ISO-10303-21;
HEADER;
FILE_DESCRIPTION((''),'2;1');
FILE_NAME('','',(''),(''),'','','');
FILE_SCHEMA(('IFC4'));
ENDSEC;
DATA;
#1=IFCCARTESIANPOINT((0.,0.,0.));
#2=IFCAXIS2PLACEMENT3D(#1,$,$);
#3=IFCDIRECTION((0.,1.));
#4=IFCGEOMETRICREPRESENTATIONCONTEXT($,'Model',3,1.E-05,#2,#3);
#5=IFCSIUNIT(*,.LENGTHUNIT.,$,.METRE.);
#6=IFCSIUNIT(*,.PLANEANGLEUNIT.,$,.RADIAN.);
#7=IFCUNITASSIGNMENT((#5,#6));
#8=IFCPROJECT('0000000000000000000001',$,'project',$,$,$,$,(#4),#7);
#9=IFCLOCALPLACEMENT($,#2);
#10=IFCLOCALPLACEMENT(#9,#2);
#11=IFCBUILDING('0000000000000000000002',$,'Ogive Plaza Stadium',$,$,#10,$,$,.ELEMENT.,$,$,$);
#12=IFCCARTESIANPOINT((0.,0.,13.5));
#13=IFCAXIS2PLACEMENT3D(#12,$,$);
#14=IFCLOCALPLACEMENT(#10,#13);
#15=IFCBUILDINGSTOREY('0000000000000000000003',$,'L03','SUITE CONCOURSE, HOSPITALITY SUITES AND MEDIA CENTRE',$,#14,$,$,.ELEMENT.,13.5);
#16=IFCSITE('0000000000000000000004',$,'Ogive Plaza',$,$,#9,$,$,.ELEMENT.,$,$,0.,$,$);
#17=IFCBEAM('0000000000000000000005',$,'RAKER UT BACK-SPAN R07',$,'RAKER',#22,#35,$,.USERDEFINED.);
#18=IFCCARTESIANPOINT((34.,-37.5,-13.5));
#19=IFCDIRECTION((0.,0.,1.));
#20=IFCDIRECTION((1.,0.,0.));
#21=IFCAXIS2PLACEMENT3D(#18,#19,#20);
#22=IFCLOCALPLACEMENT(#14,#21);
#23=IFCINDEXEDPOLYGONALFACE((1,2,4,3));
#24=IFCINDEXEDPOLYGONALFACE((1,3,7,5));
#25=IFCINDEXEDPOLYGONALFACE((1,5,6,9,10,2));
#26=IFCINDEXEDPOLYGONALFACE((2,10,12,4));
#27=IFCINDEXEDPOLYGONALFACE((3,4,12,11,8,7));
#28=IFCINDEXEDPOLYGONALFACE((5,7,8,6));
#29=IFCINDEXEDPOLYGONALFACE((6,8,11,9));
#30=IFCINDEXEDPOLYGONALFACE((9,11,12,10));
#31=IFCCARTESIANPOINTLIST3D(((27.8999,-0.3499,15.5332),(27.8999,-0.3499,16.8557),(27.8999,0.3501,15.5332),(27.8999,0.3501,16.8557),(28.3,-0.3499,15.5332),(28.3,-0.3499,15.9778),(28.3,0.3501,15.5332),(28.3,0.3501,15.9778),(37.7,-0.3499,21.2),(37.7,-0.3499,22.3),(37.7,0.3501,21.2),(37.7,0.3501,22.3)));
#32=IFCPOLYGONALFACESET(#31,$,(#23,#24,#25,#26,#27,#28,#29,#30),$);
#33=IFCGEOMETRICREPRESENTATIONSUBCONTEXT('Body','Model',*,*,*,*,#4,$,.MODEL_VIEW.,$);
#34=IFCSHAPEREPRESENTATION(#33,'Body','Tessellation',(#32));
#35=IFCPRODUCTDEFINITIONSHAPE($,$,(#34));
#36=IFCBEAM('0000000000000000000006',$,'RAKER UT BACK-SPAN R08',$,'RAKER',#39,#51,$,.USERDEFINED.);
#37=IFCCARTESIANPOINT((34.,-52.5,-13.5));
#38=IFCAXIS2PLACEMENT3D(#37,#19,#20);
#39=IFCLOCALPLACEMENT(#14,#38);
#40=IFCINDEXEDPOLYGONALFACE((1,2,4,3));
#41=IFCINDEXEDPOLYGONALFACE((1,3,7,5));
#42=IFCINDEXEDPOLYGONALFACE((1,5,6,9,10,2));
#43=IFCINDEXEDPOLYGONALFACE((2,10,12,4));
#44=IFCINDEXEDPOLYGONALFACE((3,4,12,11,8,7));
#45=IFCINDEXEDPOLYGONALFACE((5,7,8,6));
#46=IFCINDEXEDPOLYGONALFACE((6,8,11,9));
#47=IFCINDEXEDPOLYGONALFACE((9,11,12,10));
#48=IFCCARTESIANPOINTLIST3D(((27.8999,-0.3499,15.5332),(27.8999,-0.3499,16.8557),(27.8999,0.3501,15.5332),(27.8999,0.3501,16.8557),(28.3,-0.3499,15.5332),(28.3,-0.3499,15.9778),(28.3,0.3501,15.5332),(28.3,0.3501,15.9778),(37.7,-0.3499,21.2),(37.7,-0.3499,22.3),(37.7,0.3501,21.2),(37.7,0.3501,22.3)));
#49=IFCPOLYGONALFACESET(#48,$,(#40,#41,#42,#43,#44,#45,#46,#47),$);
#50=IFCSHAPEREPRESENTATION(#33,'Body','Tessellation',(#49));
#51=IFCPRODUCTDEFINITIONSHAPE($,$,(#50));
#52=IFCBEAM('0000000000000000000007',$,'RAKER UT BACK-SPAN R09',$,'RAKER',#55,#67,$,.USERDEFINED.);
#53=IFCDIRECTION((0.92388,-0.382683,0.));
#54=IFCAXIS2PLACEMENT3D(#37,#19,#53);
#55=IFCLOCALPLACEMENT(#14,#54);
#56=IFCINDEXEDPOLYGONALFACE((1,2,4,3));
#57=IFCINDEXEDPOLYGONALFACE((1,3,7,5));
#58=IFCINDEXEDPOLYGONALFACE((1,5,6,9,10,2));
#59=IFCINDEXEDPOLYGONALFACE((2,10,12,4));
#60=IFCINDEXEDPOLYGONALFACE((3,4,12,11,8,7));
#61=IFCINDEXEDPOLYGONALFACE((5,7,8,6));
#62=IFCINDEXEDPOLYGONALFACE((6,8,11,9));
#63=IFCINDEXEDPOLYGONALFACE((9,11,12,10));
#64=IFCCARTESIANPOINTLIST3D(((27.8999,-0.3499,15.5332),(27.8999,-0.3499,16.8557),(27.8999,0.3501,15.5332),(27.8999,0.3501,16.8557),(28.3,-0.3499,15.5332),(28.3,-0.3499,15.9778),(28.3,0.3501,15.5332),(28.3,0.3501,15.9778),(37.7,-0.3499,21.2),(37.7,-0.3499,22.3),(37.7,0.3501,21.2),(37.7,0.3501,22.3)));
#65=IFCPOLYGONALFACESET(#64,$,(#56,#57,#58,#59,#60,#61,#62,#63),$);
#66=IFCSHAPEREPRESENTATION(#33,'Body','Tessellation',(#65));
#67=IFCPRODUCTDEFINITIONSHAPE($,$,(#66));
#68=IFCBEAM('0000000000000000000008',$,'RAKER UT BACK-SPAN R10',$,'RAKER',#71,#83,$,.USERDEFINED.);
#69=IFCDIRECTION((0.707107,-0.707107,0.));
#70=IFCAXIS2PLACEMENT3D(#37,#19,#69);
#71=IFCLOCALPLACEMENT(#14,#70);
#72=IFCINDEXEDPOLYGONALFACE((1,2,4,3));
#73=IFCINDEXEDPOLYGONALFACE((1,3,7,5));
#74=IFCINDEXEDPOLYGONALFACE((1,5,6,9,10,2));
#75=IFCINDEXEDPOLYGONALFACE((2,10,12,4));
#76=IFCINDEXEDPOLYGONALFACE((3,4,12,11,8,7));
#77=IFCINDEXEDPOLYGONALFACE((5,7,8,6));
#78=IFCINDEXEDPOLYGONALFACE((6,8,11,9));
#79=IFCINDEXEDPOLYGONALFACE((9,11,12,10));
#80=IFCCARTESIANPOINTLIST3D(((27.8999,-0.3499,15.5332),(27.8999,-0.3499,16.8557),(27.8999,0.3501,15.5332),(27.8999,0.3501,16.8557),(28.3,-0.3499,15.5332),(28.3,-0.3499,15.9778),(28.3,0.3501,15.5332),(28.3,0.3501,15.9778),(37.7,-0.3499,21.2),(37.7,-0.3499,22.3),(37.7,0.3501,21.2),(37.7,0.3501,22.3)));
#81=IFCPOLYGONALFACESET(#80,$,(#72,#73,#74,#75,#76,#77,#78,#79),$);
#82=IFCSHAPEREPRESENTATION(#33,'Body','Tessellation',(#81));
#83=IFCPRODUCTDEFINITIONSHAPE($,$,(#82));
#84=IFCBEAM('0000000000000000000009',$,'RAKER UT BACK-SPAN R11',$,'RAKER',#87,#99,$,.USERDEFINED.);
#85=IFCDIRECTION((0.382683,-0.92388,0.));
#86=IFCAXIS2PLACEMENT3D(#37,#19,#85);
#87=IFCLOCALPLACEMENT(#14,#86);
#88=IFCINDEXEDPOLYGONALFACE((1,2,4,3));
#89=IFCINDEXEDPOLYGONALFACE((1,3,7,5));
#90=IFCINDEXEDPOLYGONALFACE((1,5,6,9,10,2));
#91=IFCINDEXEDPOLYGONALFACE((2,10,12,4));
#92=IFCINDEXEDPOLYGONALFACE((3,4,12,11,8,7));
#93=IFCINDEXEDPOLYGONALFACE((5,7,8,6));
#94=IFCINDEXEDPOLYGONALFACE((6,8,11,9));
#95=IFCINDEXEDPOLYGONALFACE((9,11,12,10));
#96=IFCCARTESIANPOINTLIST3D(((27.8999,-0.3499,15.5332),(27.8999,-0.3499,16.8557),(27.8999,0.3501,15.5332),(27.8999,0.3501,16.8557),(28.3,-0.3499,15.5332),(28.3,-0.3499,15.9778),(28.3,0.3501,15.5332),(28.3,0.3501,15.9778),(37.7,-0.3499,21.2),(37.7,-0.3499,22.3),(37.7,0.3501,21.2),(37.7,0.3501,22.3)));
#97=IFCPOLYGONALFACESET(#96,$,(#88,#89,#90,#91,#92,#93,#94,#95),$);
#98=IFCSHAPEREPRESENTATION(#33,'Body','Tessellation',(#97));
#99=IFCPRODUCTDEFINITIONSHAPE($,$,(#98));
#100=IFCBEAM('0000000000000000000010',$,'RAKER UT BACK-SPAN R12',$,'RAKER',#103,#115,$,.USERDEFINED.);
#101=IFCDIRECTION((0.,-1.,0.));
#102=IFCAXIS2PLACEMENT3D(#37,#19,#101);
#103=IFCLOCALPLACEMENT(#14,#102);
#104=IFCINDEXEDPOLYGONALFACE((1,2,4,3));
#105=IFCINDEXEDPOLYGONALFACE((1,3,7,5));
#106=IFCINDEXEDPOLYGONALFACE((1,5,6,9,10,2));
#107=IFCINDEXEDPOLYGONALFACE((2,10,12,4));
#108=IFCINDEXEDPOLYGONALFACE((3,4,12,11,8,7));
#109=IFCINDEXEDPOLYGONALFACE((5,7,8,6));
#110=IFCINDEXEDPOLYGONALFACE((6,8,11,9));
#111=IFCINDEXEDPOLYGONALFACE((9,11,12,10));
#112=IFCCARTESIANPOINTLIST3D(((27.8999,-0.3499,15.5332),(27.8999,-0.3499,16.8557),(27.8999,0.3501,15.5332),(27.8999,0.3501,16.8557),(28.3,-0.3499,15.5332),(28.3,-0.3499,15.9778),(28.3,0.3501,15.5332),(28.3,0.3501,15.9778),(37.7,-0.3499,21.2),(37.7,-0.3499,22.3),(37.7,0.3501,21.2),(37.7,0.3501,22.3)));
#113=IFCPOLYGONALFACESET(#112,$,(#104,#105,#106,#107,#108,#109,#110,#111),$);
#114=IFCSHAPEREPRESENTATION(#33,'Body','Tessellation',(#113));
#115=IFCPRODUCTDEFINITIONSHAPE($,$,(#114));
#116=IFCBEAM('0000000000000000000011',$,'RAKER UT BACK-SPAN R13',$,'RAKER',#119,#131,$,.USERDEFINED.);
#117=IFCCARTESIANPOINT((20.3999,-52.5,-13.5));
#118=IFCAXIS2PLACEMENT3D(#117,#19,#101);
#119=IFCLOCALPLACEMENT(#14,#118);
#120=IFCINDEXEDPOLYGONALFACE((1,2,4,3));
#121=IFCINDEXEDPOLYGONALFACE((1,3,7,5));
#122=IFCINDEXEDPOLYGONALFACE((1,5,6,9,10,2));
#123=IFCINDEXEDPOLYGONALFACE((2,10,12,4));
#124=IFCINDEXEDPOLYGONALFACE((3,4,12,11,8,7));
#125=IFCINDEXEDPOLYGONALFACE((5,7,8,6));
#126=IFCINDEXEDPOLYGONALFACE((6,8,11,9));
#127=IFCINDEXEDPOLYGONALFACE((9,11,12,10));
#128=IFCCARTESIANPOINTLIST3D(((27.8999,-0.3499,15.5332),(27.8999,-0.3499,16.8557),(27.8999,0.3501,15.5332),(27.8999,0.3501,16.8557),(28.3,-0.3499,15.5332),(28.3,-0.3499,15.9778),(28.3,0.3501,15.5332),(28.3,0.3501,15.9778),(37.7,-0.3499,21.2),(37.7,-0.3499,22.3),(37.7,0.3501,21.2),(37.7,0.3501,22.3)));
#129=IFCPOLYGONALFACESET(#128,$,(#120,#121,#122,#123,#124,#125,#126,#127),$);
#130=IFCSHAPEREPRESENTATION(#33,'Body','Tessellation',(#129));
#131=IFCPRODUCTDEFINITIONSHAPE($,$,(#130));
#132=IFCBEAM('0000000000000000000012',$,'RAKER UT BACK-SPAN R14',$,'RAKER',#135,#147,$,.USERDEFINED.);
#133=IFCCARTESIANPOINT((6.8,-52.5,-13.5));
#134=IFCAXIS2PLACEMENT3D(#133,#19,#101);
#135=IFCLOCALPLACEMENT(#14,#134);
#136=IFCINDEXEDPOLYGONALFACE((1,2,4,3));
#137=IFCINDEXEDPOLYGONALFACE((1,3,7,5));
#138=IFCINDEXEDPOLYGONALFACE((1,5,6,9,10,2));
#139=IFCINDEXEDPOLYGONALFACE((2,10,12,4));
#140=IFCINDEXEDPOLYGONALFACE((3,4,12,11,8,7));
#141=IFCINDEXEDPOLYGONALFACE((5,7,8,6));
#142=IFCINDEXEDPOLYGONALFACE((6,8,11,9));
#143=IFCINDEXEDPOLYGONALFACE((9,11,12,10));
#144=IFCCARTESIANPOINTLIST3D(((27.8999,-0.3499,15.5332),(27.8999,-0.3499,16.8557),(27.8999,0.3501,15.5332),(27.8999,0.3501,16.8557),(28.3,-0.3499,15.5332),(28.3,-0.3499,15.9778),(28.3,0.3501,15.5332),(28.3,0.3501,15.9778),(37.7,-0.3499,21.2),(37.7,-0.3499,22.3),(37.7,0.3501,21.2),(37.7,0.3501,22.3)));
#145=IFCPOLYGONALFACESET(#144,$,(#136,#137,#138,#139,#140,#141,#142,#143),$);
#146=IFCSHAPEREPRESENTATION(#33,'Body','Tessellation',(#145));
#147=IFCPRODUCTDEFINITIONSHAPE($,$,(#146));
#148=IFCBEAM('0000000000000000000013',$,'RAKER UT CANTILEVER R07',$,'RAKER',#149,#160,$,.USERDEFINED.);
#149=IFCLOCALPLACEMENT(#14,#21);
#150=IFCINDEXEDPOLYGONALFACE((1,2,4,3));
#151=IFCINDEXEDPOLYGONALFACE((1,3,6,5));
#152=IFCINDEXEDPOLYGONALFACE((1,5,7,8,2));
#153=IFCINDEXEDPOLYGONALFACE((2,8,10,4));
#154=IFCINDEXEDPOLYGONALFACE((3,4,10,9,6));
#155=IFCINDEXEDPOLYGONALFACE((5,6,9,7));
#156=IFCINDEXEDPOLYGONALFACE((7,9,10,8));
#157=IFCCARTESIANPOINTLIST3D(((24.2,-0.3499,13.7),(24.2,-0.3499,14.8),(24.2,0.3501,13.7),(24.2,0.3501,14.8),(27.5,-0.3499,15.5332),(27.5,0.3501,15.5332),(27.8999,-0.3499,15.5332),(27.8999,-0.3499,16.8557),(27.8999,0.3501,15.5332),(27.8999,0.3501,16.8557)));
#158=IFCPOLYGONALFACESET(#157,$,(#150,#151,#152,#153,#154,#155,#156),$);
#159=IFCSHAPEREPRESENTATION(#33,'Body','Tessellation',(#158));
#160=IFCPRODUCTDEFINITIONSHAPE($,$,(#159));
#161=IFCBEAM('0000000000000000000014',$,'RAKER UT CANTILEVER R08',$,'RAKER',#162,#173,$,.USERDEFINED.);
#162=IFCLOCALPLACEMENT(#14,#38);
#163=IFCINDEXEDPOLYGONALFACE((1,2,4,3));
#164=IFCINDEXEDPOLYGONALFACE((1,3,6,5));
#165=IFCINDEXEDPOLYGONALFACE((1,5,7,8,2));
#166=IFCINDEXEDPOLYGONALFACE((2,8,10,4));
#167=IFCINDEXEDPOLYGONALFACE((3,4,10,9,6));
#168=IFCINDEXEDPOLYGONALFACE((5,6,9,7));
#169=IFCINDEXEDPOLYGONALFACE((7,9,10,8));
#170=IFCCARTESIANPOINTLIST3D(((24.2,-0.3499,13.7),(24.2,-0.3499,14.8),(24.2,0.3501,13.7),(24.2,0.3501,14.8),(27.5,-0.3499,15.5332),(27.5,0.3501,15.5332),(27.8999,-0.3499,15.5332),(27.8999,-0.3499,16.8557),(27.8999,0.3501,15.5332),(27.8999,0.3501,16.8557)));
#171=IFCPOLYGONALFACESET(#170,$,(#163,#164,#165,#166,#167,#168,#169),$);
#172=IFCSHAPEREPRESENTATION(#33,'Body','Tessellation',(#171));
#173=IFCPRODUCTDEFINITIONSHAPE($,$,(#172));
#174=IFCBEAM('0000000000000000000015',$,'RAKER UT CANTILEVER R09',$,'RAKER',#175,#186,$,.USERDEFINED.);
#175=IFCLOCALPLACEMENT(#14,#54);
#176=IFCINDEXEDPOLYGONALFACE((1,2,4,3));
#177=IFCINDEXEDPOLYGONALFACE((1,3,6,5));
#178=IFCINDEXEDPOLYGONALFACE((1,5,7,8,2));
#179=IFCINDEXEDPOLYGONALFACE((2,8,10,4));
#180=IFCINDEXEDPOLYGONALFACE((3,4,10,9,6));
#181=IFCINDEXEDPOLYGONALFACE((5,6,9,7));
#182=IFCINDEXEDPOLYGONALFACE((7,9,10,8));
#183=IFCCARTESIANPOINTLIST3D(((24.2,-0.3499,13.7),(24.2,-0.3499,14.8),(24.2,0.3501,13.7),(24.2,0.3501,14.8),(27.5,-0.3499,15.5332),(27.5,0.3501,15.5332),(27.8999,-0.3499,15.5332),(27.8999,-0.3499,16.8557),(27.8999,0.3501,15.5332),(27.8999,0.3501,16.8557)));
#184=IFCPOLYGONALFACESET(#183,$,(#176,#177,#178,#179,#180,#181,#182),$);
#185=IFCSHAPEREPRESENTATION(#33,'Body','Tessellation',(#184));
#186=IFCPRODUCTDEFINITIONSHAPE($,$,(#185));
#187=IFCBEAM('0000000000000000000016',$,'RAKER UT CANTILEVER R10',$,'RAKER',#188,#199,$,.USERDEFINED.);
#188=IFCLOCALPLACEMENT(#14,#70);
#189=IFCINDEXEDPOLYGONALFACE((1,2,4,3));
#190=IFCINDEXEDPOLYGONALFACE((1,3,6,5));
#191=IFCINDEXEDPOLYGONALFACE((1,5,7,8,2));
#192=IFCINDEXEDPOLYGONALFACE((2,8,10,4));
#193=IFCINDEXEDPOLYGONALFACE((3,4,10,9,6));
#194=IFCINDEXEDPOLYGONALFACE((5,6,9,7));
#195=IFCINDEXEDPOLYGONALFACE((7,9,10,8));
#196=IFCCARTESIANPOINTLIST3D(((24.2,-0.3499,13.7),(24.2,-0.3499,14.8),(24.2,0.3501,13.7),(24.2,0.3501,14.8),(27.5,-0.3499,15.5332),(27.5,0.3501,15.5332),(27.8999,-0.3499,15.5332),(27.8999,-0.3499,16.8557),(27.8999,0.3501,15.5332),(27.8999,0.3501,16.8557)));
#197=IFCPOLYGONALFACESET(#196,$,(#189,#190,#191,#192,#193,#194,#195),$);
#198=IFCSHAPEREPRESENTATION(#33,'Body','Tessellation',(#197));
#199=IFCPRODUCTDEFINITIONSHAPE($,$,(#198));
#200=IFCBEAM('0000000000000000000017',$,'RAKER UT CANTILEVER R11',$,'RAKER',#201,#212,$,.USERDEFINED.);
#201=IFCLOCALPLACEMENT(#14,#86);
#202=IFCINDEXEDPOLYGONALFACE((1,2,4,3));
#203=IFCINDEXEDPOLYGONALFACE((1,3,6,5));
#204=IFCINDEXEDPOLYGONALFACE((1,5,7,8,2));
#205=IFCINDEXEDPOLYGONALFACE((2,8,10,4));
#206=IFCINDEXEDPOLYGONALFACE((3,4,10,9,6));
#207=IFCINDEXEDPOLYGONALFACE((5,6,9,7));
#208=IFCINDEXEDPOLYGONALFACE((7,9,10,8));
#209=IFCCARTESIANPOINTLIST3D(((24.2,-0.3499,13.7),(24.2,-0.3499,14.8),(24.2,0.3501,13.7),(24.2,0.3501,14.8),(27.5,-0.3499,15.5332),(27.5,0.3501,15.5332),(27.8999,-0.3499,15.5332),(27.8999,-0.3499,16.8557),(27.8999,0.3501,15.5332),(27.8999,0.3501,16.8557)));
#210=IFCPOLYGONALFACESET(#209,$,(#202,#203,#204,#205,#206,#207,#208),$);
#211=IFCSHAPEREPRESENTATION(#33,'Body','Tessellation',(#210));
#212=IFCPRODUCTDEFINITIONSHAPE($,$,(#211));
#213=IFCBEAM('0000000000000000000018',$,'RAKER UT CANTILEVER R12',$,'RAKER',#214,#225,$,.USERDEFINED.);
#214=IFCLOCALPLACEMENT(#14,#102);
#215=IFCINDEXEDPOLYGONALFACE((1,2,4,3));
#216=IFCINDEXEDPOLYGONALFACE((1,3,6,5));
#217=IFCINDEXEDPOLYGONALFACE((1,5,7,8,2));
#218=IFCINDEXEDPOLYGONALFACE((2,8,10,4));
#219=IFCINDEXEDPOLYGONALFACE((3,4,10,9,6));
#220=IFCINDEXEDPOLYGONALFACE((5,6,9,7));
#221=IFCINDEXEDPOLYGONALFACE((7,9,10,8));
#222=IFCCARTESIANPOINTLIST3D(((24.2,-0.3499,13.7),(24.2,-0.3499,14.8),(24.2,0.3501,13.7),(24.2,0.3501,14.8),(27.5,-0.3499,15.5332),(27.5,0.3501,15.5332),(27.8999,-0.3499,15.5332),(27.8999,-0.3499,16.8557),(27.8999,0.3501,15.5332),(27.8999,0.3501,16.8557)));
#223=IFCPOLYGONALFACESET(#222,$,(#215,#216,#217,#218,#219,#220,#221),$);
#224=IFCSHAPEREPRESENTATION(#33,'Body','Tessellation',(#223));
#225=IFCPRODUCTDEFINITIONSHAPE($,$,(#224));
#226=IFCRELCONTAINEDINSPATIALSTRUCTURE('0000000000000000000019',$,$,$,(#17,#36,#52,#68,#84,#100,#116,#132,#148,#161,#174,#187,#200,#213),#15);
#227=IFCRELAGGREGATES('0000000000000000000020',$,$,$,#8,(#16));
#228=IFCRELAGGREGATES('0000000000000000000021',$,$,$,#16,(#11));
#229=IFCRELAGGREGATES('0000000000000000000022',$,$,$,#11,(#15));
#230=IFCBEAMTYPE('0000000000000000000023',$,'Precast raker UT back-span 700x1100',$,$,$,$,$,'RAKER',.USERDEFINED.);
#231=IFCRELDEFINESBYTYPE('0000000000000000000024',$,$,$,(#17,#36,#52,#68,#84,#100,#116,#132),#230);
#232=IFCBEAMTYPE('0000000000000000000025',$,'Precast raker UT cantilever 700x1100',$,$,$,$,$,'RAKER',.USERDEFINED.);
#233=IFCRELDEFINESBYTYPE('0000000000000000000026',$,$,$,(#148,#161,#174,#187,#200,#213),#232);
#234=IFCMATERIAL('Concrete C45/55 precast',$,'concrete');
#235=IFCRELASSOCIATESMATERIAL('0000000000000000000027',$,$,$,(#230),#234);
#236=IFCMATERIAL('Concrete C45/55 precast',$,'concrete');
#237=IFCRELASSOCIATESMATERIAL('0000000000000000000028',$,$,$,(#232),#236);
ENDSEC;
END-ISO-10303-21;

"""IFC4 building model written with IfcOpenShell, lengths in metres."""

from ifc_helpers import new_model, si_unit, direction, frame, origin, origin_2d, place, context, subcontext, project, spatial, polyline, rectangle, outline, extrude, material, material_profile, profile_set, type_object, element, save


model = new_model("IFC4")

# Units and contexts
model_context = context("Model", 3, precision=1e-05, world=origin(), true_north=direction((0.0, 1.0)))
body_context = subcontext(model_context, "Body", "Model", "MODEL_VIEW")
ifc_project = project(units=[si_unit("LENGTHUNIT", "METRE"), si_unit("PLANEANGLEUNIT", "RADIAN")], contexts=[model_context])

# Site, building, storey
site_placement = place(None, origin())
site = spatial("IfcSite", under=ifc_project, at=site_placement, Name="Ogive Plaza", CompositionType="ELEMENT", RefElevation=0.0)
building_placement = place(site_placement, origin())
building = spatial("IfcBuilding", under=site, at=building_placement, Name="Ogive Plaza Stadium", CompositionType="ELEMENT")
storey_placement = place(building_placement, frame((0.0, 0.0, 13.5)))
storey = spatial("IfcBuildingStorey", under=building, at=storey_placement, Name="L03", Description="SUITE CONCOURSE, HOSPITALITY SUITES AND MEDIA CENTRE", CompositionType="ELEMENT", Elevation=13.5)

# Beams
ifc_material_1 = material(Name="Concrete C45/55 precast", Category="concrete")
ifc_material_profile_1 = material_profile(ifc_material_1, rectangle(XDim=0.7, YDim=1.1001, at=origin_2d()), Name="RC 700x1100")
ifc_profile_set_1 = profile_set([ifc_material_profile_1], Name="Concrete C45/55 precast")
beam_type_1 = type_object("IfcBeamType", Name="Precast raker UT back-span 700x1100", ElementType="RAKER", PredefinedType="USERDEFINED", material=ifc_profile_set_1)
for number, where, z_axis, x_axis, name in (
    (1, (34.0, -37.5, -13.5), (0.0, 0.0, 1.0), (1.0, 0.0, 0.0), "RAKER UT BACK-SPAN R07"),
    (2, (34.0, -52.5, -13.5), (0.0, 0.0, 1.0), (1.0, 0.0, 0.0), "RAKER UT BACK-SPAN R08"),
    (3, (34.0, -52.5, -13.5), (0.0, 0.0, 1.0), (0.92388, -0.382683, 0.0), "RAKER UT BACK-SPAN R09"),
    (4, (34.0, -52.5, -13.5), (0.0, 0.0, 1.0), (0.707107, -0.707107, 0.0), "RAKER UT BACK-SPAN R10"),
    (5, (34.0, -52.5, -13.5), (0.0, 0.0, 1.0), (0.382683, -0.92388, 0.0), "RAKER UT BACK-SPAN R11"),
    (6, (34.0, -52.5, -13.5), (0.0, 0.0, 1.0), (0.0, -1.0, 0.0), "RAKER UT BACK-SPAN R12"),
    (7, (20.3999, -52.5, -13.5), (0.0, 0.0, 1.0), (0.0, -1.0, 0.0), "RAKER UT BACK-SPAN R13"),
    (8, (6.8, -52.5, -13.5), (0.0, 0.0, 1.0), (0.0, -1.0, 0.0), "RAKER UT BACK-SPAN R14"),
):
    element("IfcBeam", number, at=place(storey_placement, frame(where, z_axis=z_axis, x_axis=x_axis)), inside=storey, type_object=beam_type_1, Name=name, ObjectType="RAKER", PredefinedType="USERDEFINED", context=body_context, shape_type="SweptSolid", body=[
        extrude(outline(polyline([(27.8999, 15.5332), (28.3, 15.5332), (28.3, 15.9778), (37.7, 21.2), (37.7, 22.3), (27.8999, 16.8557), (27.8999, 15.5332)])), frame((0.0, 0.3501, 0.0), z_axis=(0.0, -1.0, 0.0), x_axis=(1.0, 0.0, 0.0)), (0.0, 0.0, 1.0), 0.7),
    ])
ifc_material_2 = material(Name="Concrete C45/55 precast", Category="concrete")
ifc_material_profile_2 = material_profile(ifc_material_2, rectangle(XDim=0.7, YDim=1.1001, at=origin_2d()), Name="RC 700x1100")
ifc_profile_set_2 = profile_set([ifc_material_profile_2], Name="Concrete C45/55 precast")
beam_type_2 = type_object("IfcBeamType", Name="Precast raker UT cantilever 700x1100", ElementType="RAKER", PredefinedType="USERDEFINED", material=ifc_profile_set_2)
for number, where, z_axis, x_axis, name in (
    (9, (34.0, -37.5, -13.5), (0.0, 0.0, 1.0), (1.0, 0.0, 0.0), "RAKER UT CANTILEVER R07"),
    (10, (34.0, -52.5, -13.5), (0.0, 0.0, 1.0), (1.0, 0.0, 0.0), "RAKER UT CANTILEVER R08"),
    (11, (34.0, -52.5, -13.5), (0.0, 0.0, 1.0), (0.92388, -0.382683, 0.0), "RAKER UT CANTILEVER R09"),
    (12, (34.0, -52.5, -13.5), (0.0, 0.0, 1.0), (0.707107, -0.707107, 0.0), "RAKER UT CANTILEVER R10"),
    (13, (34.0, -52.5, -13.5), (0.0, 0.0, 1.0), (0.382683, -0.92388, 0.0), "RAKER UT CANTILEVER R11"),
    (14, (34.0, -52.5, -13.5), (0.0, 0.0, 1.0), (0.0, -1.0, 0.0), "RAKER UT CANTILEVER R12"),
):
    element("IfcBeam", number, at=place(storey_placement, frame(where, z_axis=z_axis, x_axis=x_axis)), inside=storey, type_object=beam_type_2, Name=name, ObjectType="RAKER", PredefinedType="USERDEFINED", context=body_context, shape_type="SweptSolid", body=[
        extrude(outline(polyline([(24.2, 13.7), (27.5, 15.5332), (27.8999, 15.5332), (27.8999, 16.8557), (24.2, 14.8), (24.2, 13.7)])), frame((0.0, 0.3501, 0.0), z_axis=(0.0, -1.0, 0.0), x_axis=(1.0, 0.0, 0.0)), (0.0, 0.0, 1.0), 0.7),
    ])

save(model, "model.ifc")
